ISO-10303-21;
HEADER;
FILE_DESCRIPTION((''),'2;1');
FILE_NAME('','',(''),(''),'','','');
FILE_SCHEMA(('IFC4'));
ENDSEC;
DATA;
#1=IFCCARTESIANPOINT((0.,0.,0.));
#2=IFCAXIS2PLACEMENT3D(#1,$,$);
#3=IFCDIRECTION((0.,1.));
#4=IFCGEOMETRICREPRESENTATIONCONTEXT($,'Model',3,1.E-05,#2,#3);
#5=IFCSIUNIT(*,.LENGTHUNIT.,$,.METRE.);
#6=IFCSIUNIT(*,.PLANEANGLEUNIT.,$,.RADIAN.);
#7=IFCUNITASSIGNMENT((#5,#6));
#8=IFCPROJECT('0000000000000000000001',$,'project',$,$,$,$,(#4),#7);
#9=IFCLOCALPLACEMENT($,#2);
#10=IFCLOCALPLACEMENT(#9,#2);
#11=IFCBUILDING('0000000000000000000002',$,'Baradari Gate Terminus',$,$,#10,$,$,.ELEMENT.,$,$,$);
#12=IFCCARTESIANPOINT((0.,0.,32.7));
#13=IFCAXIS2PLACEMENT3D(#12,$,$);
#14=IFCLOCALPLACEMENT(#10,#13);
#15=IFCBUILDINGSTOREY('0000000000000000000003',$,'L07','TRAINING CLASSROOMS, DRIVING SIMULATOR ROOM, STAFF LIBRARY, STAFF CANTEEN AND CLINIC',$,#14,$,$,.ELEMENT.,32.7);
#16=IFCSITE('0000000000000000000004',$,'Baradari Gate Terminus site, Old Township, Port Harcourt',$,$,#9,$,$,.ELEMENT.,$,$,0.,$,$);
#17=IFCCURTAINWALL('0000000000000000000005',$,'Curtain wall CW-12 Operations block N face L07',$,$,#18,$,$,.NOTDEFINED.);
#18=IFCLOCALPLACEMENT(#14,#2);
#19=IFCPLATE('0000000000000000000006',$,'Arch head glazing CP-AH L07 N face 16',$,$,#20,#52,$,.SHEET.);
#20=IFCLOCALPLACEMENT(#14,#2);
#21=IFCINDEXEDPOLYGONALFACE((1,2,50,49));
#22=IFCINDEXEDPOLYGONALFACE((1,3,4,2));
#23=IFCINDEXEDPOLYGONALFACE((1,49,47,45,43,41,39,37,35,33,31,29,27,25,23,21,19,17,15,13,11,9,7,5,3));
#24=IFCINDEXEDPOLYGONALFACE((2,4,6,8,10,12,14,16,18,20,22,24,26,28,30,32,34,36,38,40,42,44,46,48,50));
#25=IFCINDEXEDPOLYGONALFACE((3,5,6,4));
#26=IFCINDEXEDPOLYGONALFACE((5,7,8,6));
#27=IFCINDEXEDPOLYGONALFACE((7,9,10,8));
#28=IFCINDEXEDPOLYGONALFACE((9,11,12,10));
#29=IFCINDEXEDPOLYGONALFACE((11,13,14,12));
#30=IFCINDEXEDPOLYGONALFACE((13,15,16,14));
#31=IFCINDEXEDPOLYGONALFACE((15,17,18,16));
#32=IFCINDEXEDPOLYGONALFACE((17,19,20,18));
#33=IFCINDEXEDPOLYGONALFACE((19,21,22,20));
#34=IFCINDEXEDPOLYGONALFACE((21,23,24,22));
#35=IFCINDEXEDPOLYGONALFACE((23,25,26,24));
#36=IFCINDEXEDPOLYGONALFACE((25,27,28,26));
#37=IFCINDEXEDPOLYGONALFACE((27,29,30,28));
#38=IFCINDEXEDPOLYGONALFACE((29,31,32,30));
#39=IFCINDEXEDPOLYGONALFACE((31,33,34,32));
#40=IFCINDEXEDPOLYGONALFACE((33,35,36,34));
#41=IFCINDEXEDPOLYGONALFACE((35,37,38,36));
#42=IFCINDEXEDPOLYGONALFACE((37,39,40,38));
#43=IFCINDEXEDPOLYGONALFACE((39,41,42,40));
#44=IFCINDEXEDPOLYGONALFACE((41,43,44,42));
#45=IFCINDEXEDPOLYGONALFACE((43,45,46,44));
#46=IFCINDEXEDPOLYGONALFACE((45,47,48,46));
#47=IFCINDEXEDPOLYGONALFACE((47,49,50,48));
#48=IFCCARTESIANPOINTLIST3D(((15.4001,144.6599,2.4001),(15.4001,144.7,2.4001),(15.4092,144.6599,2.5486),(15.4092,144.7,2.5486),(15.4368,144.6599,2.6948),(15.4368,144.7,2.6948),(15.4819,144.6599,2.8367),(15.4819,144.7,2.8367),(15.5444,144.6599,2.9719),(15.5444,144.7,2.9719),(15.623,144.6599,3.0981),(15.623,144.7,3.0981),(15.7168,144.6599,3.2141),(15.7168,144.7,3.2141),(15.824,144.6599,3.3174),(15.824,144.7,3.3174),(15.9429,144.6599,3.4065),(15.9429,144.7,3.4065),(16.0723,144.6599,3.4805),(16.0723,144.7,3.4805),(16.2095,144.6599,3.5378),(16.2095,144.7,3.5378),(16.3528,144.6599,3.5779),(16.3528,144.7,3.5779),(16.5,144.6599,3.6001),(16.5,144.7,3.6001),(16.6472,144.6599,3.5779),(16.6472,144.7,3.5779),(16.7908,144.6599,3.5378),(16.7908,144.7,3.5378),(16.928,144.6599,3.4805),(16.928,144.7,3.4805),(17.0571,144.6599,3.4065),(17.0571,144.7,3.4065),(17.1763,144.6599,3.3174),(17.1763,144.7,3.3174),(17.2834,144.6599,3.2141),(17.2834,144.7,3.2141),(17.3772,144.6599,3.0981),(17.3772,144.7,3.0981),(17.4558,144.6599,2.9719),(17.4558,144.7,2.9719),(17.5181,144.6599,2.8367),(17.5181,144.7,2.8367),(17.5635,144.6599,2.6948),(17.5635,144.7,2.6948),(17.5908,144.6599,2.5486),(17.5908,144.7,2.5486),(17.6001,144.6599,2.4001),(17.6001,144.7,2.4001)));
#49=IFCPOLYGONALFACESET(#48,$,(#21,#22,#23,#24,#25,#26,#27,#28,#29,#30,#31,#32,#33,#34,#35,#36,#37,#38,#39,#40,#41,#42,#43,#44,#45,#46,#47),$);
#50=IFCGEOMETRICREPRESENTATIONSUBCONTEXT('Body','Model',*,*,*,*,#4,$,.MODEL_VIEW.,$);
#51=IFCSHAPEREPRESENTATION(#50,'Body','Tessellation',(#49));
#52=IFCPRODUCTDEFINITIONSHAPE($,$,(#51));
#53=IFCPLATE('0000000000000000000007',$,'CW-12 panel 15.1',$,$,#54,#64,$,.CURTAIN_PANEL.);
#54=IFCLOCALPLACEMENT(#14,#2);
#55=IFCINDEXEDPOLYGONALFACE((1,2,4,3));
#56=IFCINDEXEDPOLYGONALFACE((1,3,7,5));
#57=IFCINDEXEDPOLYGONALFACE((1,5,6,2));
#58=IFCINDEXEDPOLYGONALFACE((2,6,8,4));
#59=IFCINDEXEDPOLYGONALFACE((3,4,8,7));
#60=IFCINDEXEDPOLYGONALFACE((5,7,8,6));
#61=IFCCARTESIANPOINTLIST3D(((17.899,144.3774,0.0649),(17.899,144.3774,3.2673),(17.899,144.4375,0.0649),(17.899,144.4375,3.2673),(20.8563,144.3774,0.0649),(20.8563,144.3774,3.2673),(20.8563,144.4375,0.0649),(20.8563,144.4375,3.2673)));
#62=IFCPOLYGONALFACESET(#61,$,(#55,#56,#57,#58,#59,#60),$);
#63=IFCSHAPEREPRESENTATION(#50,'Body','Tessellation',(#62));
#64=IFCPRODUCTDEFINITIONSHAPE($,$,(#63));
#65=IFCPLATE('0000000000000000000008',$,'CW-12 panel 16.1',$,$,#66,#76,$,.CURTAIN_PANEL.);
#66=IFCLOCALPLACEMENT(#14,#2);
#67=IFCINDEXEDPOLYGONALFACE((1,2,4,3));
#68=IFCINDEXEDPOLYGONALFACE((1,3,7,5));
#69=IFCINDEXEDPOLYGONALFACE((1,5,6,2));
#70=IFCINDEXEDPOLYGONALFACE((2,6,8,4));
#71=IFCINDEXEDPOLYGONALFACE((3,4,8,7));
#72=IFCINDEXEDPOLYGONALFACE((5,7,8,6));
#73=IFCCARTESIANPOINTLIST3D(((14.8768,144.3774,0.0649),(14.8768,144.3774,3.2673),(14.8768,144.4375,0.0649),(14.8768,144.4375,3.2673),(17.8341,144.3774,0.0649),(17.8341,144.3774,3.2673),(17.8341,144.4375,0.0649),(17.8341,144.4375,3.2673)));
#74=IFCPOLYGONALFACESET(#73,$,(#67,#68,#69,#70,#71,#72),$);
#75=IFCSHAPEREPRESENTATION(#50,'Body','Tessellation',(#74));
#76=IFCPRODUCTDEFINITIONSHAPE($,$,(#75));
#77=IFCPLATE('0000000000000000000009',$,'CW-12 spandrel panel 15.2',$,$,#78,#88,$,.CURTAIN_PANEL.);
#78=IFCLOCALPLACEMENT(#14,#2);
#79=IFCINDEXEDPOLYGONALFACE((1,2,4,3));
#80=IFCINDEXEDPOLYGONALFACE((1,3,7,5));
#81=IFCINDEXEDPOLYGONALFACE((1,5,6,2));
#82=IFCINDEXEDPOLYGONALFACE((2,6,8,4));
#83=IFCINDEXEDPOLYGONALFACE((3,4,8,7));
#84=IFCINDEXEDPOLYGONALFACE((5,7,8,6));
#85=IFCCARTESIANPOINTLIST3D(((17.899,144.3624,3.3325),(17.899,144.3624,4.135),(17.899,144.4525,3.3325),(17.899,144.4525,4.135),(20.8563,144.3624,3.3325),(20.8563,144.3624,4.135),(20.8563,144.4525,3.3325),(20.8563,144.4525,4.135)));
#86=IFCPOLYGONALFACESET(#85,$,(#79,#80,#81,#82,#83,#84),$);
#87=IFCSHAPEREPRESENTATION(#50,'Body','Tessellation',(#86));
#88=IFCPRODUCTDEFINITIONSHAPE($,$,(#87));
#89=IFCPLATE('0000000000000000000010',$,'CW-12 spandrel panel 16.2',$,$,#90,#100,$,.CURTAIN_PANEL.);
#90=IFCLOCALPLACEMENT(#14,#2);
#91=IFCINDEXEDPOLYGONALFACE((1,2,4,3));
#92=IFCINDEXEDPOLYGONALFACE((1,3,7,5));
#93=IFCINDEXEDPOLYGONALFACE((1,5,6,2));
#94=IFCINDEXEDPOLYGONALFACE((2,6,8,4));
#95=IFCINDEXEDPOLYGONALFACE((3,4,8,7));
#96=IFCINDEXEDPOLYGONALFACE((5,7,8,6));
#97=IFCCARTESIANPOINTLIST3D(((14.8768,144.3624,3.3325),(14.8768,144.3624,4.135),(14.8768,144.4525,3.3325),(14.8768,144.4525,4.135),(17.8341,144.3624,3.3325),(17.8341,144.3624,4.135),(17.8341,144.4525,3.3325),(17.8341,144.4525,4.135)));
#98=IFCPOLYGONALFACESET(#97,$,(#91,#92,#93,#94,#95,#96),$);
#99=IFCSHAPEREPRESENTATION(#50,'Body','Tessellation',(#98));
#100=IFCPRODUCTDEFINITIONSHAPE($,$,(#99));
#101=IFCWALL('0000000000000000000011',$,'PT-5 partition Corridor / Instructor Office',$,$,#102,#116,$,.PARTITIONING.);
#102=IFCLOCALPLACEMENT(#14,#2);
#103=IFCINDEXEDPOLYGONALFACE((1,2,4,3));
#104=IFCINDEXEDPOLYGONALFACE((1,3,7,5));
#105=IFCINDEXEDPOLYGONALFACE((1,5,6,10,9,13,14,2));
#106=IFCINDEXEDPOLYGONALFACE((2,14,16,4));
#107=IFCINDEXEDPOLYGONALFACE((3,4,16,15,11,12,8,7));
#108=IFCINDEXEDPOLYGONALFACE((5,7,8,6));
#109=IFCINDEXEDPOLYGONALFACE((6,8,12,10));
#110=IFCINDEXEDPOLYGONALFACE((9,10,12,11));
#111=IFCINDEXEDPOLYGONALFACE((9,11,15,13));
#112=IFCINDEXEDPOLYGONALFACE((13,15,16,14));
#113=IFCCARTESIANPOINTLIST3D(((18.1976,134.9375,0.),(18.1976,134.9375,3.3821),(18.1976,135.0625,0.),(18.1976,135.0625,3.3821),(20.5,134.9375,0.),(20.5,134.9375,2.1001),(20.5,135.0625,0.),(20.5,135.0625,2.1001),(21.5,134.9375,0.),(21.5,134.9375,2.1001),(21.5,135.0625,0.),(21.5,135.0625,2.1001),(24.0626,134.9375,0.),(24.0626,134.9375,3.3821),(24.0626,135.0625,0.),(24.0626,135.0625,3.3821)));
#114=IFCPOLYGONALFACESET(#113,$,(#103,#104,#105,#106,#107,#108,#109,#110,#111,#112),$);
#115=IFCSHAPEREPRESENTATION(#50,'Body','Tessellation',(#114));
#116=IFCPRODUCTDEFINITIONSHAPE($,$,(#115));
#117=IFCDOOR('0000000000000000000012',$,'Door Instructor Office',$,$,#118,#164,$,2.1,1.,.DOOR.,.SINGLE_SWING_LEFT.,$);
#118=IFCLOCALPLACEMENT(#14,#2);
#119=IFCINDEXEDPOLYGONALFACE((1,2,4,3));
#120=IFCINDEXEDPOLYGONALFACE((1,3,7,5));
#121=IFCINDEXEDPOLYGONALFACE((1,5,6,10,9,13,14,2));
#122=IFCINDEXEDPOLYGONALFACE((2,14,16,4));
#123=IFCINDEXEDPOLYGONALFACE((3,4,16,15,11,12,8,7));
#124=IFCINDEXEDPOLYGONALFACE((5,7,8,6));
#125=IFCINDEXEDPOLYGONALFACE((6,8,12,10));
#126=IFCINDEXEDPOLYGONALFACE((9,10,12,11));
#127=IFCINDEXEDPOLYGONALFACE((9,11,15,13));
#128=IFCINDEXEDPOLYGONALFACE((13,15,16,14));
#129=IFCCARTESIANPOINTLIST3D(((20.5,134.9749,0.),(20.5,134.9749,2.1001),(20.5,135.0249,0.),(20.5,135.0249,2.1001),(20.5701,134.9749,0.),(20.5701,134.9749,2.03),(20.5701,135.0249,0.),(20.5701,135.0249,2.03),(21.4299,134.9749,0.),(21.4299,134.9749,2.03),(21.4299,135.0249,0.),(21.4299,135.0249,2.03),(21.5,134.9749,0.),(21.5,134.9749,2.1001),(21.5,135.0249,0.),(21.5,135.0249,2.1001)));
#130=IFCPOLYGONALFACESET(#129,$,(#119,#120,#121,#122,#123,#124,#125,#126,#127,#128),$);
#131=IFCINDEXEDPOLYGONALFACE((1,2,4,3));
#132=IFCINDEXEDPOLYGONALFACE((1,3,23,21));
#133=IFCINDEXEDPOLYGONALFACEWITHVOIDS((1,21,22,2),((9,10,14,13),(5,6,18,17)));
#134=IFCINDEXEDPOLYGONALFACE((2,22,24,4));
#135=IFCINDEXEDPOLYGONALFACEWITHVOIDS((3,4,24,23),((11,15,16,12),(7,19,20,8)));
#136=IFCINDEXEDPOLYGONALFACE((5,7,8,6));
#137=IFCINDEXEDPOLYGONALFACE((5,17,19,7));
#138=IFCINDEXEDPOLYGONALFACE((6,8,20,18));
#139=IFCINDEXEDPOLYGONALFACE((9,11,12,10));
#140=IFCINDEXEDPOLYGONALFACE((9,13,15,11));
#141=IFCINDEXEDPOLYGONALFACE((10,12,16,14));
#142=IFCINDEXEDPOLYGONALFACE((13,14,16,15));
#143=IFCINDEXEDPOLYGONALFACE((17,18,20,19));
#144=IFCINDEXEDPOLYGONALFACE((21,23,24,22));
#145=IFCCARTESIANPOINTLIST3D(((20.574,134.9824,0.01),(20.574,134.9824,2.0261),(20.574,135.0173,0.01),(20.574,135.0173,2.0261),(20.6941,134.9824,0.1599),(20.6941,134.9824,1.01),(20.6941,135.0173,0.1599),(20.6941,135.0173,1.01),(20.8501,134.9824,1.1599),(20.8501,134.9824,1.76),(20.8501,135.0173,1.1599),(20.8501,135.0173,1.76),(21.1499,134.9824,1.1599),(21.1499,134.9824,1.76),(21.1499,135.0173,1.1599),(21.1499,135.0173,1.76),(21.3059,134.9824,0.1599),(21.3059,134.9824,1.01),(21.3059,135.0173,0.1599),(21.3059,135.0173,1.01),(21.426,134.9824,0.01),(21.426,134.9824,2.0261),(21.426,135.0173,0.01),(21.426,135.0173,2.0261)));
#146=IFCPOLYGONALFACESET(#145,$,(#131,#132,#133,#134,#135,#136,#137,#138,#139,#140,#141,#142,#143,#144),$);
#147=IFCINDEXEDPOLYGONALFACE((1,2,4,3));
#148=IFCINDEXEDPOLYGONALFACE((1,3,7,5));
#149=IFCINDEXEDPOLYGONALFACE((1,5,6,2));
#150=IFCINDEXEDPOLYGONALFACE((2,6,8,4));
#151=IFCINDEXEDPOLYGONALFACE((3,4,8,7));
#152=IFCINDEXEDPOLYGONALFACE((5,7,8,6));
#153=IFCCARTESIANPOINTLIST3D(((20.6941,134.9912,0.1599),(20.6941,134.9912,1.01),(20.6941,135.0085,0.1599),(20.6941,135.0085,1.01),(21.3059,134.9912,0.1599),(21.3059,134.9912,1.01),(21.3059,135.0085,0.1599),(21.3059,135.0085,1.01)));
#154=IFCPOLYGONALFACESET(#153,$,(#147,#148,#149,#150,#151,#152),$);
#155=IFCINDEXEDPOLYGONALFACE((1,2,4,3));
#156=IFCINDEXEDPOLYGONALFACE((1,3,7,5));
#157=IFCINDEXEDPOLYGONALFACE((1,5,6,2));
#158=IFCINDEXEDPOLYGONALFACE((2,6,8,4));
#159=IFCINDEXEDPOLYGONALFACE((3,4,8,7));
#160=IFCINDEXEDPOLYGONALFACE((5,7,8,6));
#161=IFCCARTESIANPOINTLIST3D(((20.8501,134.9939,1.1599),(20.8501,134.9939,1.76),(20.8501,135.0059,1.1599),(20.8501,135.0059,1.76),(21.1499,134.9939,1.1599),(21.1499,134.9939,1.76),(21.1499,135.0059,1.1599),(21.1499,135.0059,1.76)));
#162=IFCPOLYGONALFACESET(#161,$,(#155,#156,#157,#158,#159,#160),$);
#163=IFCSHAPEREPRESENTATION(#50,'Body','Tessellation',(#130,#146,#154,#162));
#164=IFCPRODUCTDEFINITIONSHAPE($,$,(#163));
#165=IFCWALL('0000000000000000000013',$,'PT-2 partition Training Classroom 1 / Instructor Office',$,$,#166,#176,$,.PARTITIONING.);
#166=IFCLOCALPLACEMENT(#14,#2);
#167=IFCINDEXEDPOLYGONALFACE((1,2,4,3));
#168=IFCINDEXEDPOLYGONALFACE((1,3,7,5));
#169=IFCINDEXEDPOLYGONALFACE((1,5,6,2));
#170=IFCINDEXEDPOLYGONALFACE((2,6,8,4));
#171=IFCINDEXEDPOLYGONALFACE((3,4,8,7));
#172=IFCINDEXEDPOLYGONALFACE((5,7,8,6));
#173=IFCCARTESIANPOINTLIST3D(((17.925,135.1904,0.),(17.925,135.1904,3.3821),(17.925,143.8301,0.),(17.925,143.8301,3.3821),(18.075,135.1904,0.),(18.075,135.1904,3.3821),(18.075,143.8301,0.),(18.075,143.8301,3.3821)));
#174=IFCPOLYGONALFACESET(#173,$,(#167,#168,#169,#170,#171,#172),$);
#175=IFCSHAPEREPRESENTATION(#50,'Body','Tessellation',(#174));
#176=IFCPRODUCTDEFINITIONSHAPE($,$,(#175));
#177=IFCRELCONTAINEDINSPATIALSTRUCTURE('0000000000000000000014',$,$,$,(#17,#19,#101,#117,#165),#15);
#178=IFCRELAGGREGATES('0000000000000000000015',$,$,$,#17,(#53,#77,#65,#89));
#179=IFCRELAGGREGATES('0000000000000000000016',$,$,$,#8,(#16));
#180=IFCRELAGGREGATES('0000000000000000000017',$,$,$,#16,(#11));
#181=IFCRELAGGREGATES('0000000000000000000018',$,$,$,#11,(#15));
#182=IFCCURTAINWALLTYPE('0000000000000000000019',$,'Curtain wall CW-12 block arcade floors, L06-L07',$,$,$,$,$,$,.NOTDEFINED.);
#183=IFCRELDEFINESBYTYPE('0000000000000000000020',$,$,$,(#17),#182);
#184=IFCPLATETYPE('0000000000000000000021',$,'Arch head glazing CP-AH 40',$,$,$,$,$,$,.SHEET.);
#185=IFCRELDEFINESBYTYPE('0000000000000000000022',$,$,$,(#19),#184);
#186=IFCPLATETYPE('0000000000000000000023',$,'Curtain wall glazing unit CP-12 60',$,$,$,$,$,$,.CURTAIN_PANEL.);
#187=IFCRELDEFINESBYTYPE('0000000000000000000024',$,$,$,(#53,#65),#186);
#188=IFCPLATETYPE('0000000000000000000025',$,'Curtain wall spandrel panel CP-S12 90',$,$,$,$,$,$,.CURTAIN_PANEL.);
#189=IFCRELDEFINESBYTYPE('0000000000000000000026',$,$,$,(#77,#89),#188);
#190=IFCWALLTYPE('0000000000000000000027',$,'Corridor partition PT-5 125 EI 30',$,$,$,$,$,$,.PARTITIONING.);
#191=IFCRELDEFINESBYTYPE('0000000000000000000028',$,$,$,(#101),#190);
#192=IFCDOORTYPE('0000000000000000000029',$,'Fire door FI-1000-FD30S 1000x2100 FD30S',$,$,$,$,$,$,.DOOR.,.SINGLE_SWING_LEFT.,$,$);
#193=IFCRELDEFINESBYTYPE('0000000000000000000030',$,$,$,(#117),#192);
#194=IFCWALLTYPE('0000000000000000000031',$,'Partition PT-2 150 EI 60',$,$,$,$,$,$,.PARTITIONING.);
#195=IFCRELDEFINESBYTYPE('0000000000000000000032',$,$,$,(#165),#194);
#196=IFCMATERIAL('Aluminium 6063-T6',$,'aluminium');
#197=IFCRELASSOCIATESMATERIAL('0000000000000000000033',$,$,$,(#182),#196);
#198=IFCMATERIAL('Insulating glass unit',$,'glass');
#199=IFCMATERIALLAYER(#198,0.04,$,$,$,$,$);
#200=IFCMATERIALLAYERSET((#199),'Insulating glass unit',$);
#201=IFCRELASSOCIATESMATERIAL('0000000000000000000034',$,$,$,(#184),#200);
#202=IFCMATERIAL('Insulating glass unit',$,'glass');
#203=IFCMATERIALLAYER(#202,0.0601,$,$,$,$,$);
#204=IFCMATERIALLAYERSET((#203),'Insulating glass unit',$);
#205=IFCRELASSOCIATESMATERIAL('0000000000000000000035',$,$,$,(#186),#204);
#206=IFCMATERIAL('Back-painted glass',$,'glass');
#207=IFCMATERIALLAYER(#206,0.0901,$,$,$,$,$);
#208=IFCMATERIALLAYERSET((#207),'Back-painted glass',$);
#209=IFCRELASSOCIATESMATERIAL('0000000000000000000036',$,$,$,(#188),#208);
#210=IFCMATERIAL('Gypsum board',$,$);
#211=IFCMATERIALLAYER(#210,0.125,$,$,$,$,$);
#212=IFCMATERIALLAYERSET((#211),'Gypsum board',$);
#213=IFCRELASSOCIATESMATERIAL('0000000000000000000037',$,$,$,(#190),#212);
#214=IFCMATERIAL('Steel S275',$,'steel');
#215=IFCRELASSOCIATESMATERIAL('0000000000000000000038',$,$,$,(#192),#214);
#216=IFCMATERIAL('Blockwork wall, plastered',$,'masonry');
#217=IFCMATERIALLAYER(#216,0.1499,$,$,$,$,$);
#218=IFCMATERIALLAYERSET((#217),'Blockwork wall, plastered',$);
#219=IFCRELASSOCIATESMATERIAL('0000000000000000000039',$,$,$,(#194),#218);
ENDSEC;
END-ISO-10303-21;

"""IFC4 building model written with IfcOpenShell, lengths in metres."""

from ifc_helpers import new_model, si_unit, direction, frame, frame_2d, origin, origin_2d, place, context, subcontext, project, spatial, polyline, rectangle, outline, extrude, material, layer, layer_set, type_object, element, fill, aggregate, save


model = new_model("IFC4")

# Units and contexts
model_context = context("Model", 3, precision=1e-05, world=origin(), true_north=direction((0.0, 1.0)))
body_context = subcontext(model_context, "Body", "Model", "MODEL_VIEW")
ifc_project = project(units=[si_unit("LENGTHUNIT", "METRE"), si_unit("PLANEANGLEUNIT", "RADIAN")], contexts=[model_context])

# Site, building, storey
site_placement = place(None, origin())
site = spatial("IfcSite", under=ifc_project, at=site_placement, Name="Baradari Gate Terminus site, Old Township, Port Harcourt", CompositionType="ELEMENT", RefElevation=0.0)
building_placement = place(site_placement, origin())
building = spatial("IfcBuilding", under=site, at=building_placement, Name="Baradari Gate Terminus", CompositionType="ELEMENT")
storey_placement = place(building_placement, frame((0.0, 0.0, 32.7)))
storey = spatial("IfcBuildingStorey", under=building, at=storey_placement, Name="L07", Description="TRAINING CLASSROOMS, DRIVING SIMULATOR ROOM, STAFF LIBRARY, STAFF CANTEEN AND CLINIC", CompositionType="ELEMENT", Elevation=32.7)

# Curtain wall
ifc_material_1 = material(Name="Aluminium 6063-T6", Category="aluminium")
curtain_wall_type = type_object("IfcCurtainWallType", Name="Curtain wall CW-12 block arcade floors, L06-L07", PredefinedType="NOTDEFINED", material=ifc_material_1)
curtain_wall_placement = place(storey_placement, origin())
curtain_wall = element("IfcCurtainWall", 1, at=curtain_wall_placement, inside=storey, type_object=curtain_wall_type, Name="Curtain wall CW-12 Operations block N face L07", PredefinedType="NOTDEFINED")

# Plate
ifc_material_2 = material(Name="Insulating glass unit", Category="glass")
ifc_layer_1 = layer(ifc_material_2, 0.04)
ifc_layer_set_1 = layer_set([ifc_layer_1], Name="Insulating glass unit")
plate_type_1 = type_object("IfcPlateType", Name="Arch head glazing CP-AH 40", PredefinedType="SHEET", material=ifc_layer_set_1)
for number, where, z_axis, x_axis, name in (
    (2, (17.6001, 144.6799, 2.4001), (0.0, 0.0, 1.0), (-1.0, 0.0, 0.0), "Arch head glazing CP-AH L07 N face 16"),
):
    element("IfcPlate", number, at=place(storey_placement, frame(where, z_axis=z_axis, x_axis=x_axis)), inside=storey, type_object=plate_type_1, Name=name, PredefinedType="SHEET", context=body_context, shape_type="SweptSolid", body=[
        extrude(outline(polyline([(0.0, 0.0), (2.2, 0.0), (2.1909, 0.1484), (2.1633, 0.2947), (2.1182, 0.4365), (2.0557, 0.5718), (1.9771, 0.698), (1.8833, 0.814), (1.7761, 0.9172), (1.6572, 1.0063), (1.5278, 1.0803), (1.3906, 1.1377), (1.2473, 1.1777), (1.1001, 1.2), (0.9529, 1.1777), (0.8093, 1.1377), (0.6721, 1.0803), (0.543, 1.0063), (0.4238, 0.9172), (0.3167, 0.814), (0.2229, 0.698), (0.1443, 0.5718), (0.082, 0.4365), (0.0366, 0.2947), (0.0093, 0.1484), (0.0, 0.0)])), frame((0.0, 0.02, 0.0), z_axis=(0.0, -1.0, 0.0), x_axis=(1.0, 0.0, 0.0)), (0.0, 0.0, 1.0), 0.04),
    ])

# Plates
ifc_material_3 = material(Name="Insulating glass unit", Category="glass")
ifc_layer_2 = layer(ifc_material_3, 0.0601)
ifc_layer_set_2 = layer_set([ifc_layer_2], Name="Insulating glass unit")
plate_type_2 = type_object("IfcPlateType", Name="Curtain wall glazing unit CP-12 60", PredefinedType="CURTAIN_PANEL", material=ifc_layer_set_2)
plate_1_placement = place(storey_placement, frame((19.3777, 144.4075, 0.0649), z_axis=(0.0, 0.0, 1.0), x_axis=(-1.0, 0.0, 0.0)))
plate_1 = element("IfcPlate", 3, at=plate_1_placement, type_object=plate_type_2, Name="CW-12 panel 15.1", PredefinedType="CURTAIN_PANEL", context=body_context, shape_type="SweptSolid", body=[
    extrude(rectangle(XDim=2.9573, YDim=0.0601, at=origin_2d()), origin(), (0.0, 0.0, 1.0), 3.2024),
])
plate_2_placement = place(storey_placement, frame((16.3555, 144.4075, 0.0649), z_axis=(0.0, 0.0, 1.0), x_axis=(-1.0, 0.0, 0.0)))
plate_2 = element("IfcPlate", 4, at=plate_2_placement, type_object=plate_type_2, Name="CW-12 panel 16.1", PredefinedType="CURTAIN_PANEL", context=body_context, shape_type="SweptSolid", body=[
    extrude(rectangle(XDim=2.9573, YDim=0.0601, at=origin_2d()), origin(), (0.0, 0.0, 1.0), 3.2024),
])
ifc_material_4 = material(Name="Back-painted glass", Category="glass")
ifc_layer_3 = layer(ifc_material_4, 0.0901)
ifc_layer_set_3 = layer_set([ifc_layer_3], Name="Back-painted glass")
plate_type_3 = type_object("IfcPlateType", Name="Curtain wall spandrel panel CP-S12 90", PredefinedType="CURTAIN_PANEL", material=ifc_layer_set_3)
plate_3_placement = place(storey_placement, frame((19.3777, 144.4075, 3.3325), z_axis=(0.0, 0.0, 1.0), x_axis=(-1.0, 0.0, 0.0)))
plate_3 = element("IfcPlate", 5, at=plate_3_placement, type_object=plate_type_3, Name="CW-12 spandrel panel 15.2", PredefinedType="CURTAIN_PANEL", context=body_context, shape_type="SweptSolid", body=[
    extrude(rectangle(XDim=2.9573, YDim=0.0901, at=origin_2d()), origin(), (0.0, 0.0, 1.0), 0.8025),
])
plate_4_placement = place(storey_placement, frame((16.3555, 144.4075, 3.3325), z_axis=(0.0, 0.0, 1.0), x_axis=(-1.0, 0.0, 0.0)))
plate_4 = element("IfcPlate", 6, at=plate_4_placement, type_object=plate_type_3, Name="CW-12 spandrel panel 16.2", PredefinedType="CURTAIN_PANEL", context=body_context, shape_type="SweptSolid", body=[
    extrude(rectangle(XDim=2.9573, YDim=0.0901, at=origin_2d()), origin(), (0.0, 0.0, 1.0), 0.8025),
])
aggregate(curtain_wall, [plate_1, plate_3, plate_2, plate_4])

# Wall, opening, door
ifc_material_5 = material(Name="Gypsum board")
ifc_layer_4 = layer(ifc_material_5, 0.125)
ifc_layer_set_4 = layer_set([ifc_layer_4], Name="Gypsum board")
wall_type_1 = type_object("IfcWallType", Name="Corridor partition PT-5 125 EI 30", PredefinedType="PARTITIONING", material=ifc_layer_set_4)
wall_1_placement = place(storey_placement, frame((18.1975, 135.0, 0.0), z_axis=(0.0, 0.0, 1.0), x_axis=(1.0, 0.0, 0.0)))
wall_1 = element("IfcWall", 7, at=wall_1_placement, inside=storey, type_object=wall_type_1, Name="PT-5 partition Corridor / Instructor Office", PredefinedType="PARTITIONING", context=body_context, shape_type="SweptSolid", body=[
    extrude(rectangle(XDim=5.865, YDim=0.125, at=frame_2d((2.9326, 0.0))), origin(), (0.0, 0.0, 1.0), 3.3821),
])
opening_placement = place(wall_1_placement, frame((2.3025, 0.0, 0.0)))
opening = element("IfcOpeningElement", 8, at=opening_placement, cuts=wall_1, PredefinedType="OPENING", context=body_context, shape_type="SweptSolid", body=[
    extrude(rectangle(XDim=1.0, YDim=2.1001, at=frame_2d((0.5, 1.05))), frame((0.0, 0.0725, 0.0), z_axis=(0.0, -1.0, 0.0), x_axis=(1.0, 0.0, 0.0)), (0.0, 0.0, 1.0), 0.145),
])
ifc_material_6 = material(Name="Steel S275", Category="steel")
door_type = type_object("IfcDoorType", Name="Fire door FI-1000-FD30S 1000x2100 FD30S", OperationType="SINGLE_SWING_LEFT", PredefinedType="DOOR", material=ifc_material_6)
door_placement = place(opening_placement, origin())
door = element("IfcDoor", 9, at=door_placement, inside=storey, type_object=door_type, Name="Door Instructor Office", OperationType="SINGLE_SWING_LEFT", OverallHeight=2.1, OverallWidth=1.0, PredefinedType="DOOR", context=body_context, shape_type="SweptSolid", body=[
    extrude(outline(polyline([(0.0, 0.0), (0.0701, 0.0), (0.0701, 2.03), (0.9299, 2.03), (0.9299, 0.0), (1.0, 0.0), (1.0, 2.1001), (0.0, 2.1001), (0.0, 0.0)])), frame((0.0, 0.0249, 0.0), z_axis=(0.0, -1.0, 0.0), x_axis=(1.0, 0.0, 0.0)), (0.0, 0.0, 1.0), 0.05),
    extrude(outline(polyline([(0.074, 0.01), (0.926, 0.01), (0.926, 2.0261), (0.074, 2.0261), (0.074, 0.01)]), holes=[polyline([(0.1941, 0.1599), (0.8059, 0.1599), (0.8059, 1.01), (0.1941, 1.01), (0.1941, 0.1599)]), polyline([(0.3501, 1.1599), (0.6499, 1.1599), (0.6499, 1.76), (0.3501, 1.76), (0.3501, 1.1599)])]), frame((0.0, 0.0173, 0.0), z_axis=(0.0, -1.0, 0.0), x_axis=(1.0, 0.0, 0.0)), (0.0, 0.0, 1.0), 0.0349),
    extrude(rectangle(XDim=0.6118, YDim=0.8501, at=frame_2d((0.5, 0.585))), frame((0.0, 0.0085, 0.0), z_axis=(0.0, -1.0, 0.0), x_axis=(1.0, 0.0, 0.0)), (0.0, 0.0, 1.0), 0.0173),
    extrude(rectangle(XDim=0.2998, YDim=0.6001, at=frame_2d((0.5, 1.46))), frame((0.0, 0.0059, 0.0), z_axis=(0.0, -1.0, 0.0), x_axis=(1.0, 0.0, 0.0)), (0.0, 0.0, 1.0), 0.012),
])
fill(opening, door)

# Wall
ifc_material_7 = material(Name="Blockwork wall, plastered", Category="masonry")
ifc_layer_5 = layer(ifc_material_7, 0.1499)
ifc_layer_set_5 = layer_set([ifc_layer_5], Name="Blockwork wall, plastered")
wall_type_2 = type_object("IfcWallType", Name="Partition PT-2 150 EI 60", PredefinedType="PARTITIONING", material=ifc_layer_set_5)
wall_2_placement = place(storey_placement, frame((18.0, 143.8301, 0.0), z_axis=(0.0, 0.0, 1.0), x_axis=(0.0, -1.0, 0.0)))
element("IfcWall", 10, at=wall_2_placement, inside=storey, type_object=wall_type_2, Name="PT-2 partition Training Classroom 1 / Instructor Office", PredefinedType="PARTITIONING", context=body_context, shape_type="SweptSolid", body=[
    extrude(rectangle(XDim=8.6396, YDim=0.1499, at=frame_2d((4.3198, 0.0))), origin(), (0.0, 0.0, 1.0), 3.3821),
])

save(model, "model.ifc")
